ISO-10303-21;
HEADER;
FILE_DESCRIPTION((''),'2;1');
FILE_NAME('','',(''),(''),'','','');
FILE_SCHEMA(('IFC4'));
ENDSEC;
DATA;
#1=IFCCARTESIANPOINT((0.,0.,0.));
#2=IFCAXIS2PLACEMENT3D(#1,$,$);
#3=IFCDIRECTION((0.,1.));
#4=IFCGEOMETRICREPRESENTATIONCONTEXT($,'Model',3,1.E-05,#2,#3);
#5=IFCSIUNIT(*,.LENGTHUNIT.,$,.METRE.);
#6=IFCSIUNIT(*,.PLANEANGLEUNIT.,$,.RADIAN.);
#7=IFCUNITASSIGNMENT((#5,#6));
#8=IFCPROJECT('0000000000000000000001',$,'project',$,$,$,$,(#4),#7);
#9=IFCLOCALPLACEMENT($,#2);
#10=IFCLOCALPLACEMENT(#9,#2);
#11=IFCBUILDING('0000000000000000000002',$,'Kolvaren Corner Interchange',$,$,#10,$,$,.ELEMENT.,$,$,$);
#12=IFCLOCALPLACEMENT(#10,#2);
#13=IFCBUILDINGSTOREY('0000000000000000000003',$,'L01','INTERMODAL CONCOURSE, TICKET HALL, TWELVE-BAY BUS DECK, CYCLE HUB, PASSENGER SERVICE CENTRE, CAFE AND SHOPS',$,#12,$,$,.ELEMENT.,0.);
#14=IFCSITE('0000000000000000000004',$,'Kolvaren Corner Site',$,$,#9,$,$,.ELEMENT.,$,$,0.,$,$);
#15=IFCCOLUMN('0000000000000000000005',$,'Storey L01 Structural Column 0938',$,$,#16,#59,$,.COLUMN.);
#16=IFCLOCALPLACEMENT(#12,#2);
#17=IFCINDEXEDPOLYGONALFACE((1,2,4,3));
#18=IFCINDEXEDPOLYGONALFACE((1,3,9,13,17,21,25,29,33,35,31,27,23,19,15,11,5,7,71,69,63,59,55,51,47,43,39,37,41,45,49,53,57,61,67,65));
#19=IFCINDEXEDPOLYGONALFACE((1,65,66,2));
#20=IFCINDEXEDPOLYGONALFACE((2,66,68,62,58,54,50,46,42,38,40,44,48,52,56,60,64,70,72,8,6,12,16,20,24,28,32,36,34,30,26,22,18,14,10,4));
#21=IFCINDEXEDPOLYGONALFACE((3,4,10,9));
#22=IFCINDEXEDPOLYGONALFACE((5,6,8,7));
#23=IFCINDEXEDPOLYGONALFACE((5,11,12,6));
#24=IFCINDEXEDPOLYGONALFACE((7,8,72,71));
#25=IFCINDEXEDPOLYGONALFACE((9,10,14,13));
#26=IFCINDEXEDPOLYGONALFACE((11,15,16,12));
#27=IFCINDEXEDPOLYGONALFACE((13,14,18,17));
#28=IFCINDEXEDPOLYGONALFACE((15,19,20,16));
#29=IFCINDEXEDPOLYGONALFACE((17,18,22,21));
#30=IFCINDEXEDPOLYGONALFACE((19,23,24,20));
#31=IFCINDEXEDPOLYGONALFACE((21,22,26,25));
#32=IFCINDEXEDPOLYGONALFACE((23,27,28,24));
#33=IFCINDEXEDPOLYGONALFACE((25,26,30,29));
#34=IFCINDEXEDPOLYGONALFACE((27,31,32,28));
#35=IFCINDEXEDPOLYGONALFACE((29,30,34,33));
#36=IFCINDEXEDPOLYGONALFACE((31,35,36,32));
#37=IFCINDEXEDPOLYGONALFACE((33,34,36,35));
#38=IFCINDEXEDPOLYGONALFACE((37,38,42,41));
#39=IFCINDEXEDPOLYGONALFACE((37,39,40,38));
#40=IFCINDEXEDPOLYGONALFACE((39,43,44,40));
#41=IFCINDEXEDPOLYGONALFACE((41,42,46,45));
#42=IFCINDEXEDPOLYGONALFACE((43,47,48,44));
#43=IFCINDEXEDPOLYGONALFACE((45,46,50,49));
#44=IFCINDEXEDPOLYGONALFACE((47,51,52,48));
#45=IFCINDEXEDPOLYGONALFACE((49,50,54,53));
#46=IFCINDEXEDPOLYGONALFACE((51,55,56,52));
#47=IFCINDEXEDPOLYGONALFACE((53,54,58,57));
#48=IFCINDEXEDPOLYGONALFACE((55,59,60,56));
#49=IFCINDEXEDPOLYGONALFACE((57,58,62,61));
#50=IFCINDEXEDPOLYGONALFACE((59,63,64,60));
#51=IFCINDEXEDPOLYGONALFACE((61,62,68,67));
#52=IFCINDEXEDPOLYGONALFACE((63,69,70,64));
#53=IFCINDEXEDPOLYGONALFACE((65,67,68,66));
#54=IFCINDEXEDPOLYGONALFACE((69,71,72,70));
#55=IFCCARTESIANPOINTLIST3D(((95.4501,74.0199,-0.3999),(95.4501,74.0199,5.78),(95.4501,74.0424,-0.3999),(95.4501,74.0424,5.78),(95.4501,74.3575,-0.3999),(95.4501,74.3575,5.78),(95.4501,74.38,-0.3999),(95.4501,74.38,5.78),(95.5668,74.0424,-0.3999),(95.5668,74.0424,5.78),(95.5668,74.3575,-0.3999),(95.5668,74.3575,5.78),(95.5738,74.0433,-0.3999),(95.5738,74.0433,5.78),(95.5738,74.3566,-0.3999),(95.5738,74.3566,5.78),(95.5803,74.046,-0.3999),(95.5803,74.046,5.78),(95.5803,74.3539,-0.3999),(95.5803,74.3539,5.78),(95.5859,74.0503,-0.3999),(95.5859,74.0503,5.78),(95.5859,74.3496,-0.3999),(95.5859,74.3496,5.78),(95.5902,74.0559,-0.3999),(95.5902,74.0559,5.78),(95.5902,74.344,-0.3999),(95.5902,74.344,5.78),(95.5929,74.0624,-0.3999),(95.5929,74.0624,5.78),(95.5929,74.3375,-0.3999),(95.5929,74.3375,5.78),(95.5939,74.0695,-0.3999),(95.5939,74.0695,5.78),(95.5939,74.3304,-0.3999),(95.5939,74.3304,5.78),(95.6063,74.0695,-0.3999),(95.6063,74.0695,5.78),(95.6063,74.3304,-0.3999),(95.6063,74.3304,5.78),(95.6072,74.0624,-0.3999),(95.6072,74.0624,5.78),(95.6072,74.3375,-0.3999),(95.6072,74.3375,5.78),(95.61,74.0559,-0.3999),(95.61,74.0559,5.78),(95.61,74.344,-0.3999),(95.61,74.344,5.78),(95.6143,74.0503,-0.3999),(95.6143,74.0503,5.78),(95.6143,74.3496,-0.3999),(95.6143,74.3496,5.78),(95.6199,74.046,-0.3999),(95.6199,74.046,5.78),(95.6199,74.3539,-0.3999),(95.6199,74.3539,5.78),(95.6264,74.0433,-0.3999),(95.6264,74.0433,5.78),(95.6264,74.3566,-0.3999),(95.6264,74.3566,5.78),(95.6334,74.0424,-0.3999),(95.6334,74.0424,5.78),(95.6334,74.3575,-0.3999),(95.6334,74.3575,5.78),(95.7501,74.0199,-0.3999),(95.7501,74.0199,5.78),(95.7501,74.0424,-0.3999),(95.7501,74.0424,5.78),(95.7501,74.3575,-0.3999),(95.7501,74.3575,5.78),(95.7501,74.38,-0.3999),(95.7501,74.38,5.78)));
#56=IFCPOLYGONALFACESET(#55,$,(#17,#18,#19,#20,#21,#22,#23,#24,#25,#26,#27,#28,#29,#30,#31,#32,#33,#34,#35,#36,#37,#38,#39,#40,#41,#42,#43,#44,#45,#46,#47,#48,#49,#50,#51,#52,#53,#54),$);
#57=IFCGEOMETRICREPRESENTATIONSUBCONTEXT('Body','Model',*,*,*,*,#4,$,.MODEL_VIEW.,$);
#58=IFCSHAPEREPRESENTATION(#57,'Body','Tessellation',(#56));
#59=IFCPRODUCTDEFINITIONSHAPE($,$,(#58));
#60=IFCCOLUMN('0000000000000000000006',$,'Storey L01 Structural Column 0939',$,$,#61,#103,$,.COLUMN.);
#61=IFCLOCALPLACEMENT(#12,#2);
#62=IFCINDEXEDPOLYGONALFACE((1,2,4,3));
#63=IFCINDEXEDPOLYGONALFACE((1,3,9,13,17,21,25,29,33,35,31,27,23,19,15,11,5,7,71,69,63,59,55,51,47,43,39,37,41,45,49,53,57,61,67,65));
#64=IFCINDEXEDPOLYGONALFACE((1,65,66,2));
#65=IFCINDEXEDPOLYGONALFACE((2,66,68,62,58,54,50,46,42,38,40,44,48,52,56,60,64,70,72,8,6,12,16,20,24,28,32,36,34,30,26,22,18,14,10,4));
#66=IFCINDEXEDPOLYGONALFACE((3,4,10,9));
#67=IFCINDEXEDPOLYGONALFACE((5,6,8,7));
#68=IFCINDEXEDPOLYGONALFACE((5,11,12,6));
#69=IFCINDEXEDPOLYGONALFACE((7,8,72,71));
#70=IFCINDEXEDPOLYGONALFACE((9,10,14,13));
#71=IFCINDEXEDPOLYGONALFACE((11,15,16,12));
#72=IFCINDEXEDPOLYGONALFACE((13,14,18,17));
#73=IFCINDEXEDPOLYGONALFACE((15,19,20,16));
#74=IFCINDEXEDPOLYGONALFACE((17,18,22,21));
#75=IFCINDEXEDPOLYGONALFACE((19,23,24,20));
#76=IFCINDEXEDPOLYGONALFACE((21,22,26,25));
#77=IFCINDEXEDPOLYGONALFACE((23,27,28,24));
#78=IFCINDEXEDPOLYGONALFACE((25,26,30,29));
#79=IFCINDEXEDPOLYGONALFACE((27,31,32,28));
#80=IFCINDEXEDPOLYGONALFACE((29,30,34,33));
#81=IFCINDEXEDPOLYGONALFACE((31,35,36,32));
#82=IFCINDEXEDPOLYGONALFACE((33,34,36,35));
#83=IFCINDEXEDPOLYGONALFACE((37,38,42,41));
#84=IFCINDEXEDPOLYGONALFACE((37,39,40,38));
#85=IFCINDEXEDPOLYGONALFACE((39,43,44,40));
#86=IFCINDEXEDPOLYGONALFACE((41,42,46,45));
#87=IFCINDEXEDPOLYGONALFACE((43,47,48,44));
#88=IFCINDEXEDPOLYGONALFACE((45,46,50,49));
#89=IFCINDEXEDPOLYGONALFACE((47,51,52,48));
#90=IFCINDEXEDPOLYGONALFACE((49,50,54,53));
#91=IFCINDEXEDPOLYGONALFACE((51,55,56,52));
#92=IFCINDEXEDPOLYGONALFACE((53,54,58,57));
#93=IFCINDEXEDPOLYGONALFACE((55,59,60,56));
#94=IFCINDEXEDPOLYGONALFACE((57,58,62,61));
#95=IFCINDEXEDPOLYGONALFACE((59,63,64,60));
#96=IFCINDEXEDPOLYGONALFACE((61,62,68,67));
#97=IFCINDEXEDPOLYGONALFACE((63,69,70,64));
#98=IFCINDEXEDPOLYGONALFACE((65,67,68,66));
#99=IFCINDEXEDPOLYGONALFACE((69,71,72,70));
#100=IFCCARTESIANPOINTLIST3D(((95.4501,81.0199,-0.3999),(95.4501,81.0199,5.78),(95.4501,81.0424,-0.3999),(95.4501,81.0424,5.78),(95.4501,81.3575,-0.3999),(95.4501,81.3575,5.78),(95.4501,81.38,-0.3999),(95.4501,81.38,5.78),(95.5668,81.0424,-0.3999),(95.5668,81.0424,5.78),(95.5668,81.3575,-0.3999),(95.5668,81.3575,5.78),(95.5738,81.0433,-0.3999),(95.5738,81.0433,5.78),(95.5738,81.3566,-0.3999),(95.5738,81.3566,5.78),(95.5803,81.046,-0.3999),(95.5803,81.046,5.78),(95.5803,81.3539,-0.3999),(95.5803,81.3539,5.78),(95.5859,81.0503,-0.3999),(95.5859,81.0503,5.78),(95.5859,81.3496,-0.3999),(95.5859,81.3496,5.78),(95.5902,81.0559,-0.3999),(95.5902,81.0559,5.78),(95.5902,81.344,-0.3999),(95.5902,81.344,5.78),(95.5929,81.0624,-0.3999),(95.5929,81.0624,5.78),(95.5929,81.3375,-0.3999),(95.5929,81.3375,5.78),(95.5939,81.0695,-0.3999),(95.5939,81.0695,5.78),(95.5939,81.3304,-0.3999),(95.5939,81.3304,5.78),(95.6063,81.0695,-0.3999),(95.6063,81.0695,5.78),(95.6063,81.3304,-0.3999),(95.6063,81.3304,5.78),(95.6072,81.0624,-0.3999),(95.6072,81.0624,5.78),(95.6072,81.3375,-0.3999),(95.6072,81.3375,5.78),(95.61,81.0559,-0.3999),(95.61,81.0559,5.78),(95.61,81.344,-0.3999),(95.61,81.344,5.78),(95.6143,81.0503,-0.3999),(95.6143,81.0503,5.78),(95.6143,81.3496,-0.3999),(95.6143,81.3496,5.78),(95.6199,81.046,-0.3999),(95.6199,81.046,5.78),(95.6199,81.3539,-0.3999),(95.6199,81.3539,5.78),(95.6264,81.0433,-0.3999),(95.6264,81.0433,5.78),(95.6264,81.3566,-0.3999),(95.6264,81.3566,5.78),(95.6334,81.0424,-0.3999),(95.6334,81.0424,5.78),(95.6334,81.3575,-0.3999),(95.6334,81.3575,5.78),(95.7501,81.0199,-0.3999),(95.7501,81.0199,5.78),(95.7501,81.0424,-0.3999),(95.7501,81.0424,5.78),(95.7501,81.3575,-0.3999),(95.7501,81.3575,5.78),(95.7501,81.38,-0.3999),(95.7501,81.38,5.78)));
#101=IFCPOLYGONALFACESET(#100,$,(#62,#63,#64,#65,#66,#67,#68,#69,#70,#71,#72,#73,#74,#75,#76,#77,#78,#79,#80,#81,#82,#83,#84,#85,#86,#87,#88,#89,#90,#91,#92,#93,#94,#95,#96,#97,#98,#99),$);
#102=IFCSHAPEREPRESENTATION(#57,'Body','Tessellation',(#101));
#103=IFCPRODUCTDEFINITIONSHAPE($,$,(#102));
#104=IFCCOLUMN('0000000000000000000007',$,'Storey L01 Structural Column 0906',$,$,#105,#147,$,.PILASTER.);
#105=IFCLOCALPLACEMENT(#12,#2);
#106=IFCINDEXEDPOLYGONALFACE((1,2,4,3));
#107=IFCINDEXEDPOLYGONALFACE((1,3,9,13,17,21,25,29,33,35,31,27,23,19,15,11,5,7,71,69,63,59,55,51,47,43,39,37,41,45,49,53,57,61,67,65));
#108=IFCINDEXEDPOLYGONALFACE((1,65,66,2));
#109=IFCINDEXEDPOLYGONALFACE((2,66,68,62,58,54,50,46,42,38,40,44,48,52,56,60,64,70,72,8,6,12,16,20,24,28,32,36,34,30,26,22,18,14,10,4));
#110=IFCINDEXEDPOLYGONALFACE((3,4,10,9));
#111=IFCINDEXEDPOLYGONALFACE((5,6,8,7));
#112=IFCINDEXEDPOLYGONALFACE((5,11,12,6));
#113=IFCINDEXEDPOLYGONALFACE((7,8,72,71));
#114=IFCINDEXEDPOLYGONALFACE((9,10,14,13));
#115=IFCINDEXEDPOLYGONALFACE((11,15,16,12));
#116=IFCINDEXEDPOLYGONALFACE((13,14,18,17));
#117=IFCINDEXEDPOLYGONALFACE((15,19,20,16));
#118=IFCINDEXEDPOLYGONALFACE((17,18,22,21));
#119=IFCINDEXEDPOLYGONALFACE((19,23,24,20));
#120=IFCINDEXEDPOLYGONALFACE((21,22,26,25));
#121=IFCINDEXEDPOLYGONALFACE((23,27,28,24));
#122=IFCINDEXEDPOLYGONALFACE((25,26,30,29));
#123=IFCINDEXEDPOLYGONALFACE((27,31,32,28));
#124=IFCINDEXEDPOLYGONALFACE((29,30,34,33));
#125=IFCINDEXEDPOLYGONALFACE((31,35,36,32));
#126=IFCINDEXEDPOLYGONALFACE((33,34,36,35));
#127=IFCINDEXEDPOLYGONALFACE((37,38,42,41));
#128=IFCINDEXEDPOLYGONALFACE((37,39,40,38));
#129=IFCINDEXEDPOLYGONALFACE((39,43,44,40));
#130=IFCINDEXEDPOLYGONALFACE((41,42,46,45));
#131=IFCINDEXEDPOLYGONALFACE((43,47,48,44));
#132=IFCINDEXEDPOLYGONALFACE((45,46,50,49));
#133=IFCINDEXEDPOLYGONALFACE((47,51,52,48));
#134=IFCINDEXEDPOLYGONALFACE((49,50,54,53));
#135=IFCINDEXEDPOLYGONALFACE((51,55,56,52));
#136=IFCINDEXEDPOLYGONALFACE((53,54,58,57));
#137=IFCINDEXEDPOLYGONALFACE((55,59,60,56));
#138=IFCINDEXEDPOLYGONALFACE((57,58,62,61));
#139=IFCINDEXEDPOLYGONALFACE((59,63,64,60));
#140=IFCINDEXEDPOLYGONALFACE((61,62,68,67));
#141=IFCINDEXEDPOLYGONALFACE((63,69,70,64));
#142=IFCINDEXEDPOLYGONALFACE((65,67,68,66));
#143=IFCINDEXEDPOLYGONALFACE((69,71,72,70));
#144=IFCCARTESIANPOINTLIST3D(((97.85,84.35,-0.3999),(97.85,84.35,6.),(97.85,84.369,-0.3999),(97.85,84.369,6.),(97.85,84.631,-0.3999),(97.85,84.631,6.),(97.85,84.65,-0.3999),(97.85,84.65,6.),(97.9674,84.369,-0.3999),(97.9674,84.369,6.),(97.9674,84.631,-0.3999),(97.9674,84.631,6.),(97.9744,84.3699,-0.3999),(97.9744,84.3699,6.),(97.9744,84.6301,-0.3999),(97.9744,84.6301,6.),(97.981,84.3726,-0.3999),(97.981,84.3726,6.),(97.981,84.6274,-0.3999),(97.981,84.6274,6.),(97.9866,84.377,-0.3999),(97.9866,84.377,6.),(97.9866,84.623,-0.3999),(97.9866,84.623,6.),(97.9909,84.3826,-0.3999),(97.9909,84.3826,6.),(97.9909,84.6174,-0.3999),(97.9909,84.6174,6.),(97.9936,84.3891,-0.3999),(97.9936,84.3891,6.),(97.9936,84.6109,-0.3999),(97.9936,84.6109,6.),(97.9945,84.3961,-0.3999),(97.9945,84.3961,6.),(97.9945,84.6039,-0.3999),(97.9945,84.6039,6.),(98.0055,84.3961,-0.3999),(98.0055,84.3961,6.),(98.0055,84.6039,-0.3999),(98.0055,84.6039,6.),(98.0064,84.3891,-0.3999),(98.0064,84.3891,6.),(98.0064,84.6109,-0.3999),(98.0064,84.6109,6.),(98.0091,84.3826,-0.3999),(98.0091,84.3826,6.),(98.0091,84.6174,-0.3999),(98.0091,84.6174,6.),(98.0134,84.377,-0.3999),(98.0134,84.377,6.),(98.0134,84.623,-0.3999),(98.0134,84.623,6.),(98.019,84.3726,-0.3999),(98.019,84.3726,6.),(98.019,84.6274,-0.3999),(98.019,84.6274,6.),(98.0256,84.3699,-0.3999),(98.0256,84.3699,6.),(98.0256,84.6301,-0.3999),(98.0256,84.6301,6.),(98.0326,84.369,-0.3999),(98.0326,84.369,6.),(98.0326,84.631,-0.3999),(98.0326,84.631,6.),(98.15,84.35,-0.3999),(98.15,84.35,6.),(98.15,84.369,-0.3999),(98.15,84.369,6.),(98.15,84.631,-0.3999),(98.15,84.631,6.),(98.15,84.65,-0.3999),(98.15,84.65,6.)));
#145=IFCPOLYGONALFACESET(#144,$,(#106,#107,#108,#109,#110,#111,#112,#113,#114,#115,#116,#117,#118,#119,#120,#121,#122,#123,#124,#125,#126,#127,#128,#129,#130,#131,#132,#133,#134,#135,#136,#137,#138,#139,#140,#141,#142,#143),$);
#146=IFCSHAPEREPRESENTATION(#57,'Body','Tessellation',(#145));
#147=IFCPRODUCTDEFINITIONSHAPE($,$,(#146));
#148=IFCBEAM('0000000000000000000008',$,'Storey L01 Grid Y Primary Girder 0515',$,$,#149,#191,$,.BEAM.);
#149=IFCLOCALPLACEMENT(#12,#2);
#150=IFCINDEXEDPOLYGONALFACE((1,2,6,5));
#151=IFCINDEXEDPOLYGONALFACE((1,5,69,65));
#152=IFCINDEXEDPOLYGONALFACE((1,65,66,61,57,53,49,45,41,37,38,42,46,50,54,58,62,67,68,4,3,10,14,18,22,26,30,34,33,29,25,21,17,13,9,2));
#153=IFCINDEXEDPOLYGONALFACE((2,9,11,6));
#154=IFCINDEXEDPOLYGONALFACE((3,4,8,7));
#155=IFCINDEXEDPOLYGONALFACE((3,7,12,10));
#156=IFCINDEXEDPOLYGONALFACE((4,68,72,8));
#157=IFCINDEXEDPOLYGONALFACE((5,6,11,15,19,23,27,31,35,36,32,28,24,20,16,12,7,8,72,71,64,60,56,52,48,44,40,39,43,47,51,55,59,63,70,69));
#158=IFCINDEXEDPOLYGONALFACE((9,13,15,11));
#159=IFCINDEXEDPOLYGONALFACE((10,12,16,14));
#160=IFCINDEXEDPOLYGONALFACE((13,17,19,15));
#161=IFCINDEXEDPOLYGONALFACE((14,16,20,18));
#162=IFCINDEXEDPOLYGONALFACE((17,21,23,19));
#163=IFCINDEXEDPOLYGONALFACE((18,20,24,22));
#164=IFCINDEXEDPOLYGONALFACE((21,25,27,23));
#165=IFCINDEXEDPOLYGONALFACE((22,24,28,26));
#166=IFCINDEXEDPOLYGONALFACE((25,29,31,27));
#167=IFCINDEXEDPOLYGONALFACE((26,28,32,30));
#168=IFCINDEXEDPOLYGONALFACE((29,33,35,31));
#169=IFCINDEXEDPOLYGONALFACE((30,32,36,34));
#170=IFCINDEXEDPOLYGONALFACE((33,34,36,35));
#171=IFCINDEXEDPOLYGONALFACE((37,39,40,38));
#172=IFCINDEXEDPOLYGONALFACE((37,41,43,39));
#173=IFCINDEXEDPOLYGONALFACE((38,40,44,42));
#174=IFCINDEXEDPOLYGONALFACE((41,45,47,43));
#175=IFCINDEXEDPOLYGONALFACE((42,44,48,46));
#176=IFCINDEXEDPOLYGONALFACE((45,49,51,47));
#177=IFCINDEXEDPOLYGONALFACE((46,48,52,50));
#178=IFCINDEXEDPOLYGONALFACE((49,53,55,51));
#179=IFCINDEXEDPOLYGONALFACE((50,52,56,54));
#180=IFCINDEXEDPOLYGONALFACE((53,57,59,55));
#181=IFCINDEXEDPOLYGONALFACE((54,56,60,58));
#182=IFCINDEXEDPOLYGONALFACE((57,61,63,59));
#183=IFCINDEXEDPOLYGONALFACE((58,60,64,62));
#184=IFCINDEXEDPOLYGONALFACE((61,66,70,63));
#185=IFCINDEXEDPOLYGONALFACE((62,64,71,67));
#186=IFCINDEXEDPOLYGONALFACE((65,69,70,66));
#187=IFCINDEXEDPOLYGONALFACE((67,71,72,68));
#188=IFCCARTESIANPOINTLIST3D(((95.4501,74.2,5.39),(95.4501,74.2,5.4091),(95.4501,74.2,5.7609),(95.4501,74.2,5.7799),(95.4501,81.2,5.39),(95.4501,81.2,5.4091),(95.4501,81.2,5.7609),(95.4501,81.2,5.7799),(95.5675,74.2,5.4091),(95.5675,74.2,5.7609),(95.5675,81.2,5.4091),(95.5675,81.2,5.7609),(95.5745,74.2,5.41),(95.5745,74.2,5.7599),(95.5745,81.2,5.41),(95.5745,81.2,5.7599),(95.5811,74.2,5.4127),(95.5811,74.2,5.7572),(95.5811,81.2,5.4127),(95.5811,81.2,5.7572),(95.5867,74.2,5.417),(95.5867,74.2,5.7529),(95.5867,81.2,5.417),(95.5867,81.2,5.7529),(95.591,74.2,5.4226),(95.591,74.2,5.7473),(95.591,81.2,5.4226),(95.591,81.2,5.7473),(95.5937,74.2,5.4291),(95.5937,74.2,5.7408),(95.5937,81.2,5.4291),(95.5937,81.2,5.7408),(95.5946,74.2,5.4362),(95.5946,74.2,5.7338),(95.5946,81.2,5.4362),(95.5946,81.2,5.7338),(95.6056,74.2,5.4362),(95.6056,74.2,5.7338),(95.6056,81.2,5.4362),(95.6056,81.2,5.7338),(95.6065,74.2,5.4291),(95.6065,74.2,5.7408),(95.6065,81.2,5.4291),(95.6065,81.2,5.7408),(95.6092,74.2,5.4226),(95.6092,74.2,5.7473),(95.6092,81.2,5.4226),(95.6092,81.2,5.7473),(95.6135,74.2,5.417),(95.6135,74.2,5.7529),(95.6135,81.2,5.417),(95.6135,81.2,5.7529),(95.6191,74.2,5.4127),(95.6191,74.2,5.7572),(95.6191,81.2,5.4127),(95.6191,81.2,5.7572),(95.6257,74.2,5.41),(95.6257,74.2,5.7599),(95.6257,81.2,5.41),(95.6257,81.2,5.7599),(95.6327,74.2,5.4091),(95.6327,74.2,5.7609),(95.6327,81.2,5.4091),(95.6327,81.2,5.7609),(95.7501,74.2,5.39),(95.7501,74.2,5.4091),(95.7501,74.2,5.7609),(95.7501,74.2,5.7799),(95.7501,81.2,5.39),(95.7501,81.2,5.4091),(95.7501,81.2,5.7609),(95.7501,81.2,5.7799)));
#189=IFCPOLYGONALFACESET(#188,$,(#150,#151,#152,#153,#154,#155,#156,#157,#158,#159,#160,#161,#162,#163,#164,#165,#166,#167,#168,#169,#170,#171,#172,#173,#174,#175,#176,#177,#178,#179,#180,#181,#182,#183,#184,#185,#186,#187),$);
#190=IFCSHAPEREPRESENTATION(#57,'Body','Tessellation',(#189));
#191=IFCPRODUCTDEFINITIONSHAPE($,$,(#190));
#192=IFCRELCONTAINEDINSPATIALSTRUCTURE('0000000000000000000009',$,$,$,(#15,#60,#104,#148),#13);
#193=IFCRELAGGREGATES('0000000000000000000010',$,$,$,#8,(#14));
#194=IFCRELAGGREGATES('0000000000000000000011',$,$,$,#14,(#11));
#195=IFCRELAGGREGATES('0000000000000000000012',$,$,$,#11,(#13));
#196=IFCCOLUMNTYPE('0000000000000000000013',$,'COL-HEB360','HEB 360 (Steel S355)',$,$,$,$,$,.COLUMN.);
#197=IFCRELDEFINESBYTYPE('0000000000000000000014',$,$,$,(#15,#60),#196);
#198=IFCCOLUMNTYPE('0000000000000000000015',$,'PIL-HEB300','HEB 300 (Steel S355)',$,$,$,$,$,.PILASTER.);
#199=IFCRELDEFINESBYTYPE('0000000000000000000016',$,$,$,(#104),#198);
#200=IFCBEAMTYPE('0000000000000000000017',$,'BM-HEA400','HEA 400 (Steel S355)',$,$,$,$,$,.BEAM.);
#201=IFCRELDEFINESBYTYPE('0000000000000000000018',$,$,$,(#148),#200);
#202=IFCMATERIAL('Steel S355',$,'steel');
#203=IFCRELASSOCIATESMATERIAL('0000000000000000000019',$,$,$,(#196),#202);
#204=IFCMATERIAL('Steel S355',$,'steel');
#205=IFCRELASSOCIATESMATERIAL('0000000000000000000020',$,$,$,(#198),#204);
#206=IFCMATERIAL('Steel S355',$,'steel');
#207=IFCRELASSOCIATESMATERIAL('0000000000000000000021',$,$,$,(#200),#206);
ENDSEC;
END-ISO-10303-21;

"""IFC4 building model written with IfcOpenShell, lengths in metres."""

from ifc_helpers import new_model, si_unit, direction, frame, origin, origin_2d, place, context, subcontext, project, spatial, i_section, extrude, material, material_profile, profile_set, type_object, element, save


model = new_model("IFC4")

# Units and contexts
model_context = context("Model", 3, precision=1e-05, world=origin(), true_north=direction((0.0, 1.0)))
body_context = subcontext(model_context, "Body", "Model", "MODEL_VIEW")
ifc_project = project(units=[si_unit("LENGTHUNIT", "METRE"), si_unit("PLANEANGLEUNIT", "RADIAN")], contexts=[model_context])

# Site, building, storey
site_placement = place(None, origin())
site = spatial("IfcSite", under=ifc_project, at=site_placement, Name="Kolvaren Corner Site", CompositionType="ELEMENT", RefElevation=0.0)
building_placement = place(site_placement, origin())
building = spatial("IfcBuilding", under=site, at=building_placement, Name="Kolvaren Corner Interchange", CompositionType="ELEMENT")
storey_placement = place(building_placement, origin())
storey = spatial("IfcBuildingStorey", under=building, at=storey_placement, Name="L01", Description="INTERMODAL CONCOURSE, TICKET HALL, TWELVE-BAY BUS DECK, CYCLE HUB, PASSENGER SERVICE CENTRE, CAFE AND SHOPS", CompositionType="ELEMENT", Elevation=0.0)

# Columns
ifc_material_1 = material(Name="Steel S355", Category="steel")
ifc_material_profile_1 = material_profile(ifc_material_1, i_section(OverallWidth=0.3, OverallDepth=0.3601, WebThickness=0.0125, FlangeThickness=0.0225, FilletRadius=0.0271, at=origin_2d()), Name="HEB 360")
ifc_profile_set_1 = profile_set([ifc_material_profile_1], Name="Steel S355")
column_type_1 = type_object("IfcColumnType", Name="COL-HEB360", Description="HEB 360 (Steel S355)", PredefinedType="COLUMN", material=ifc_profile_set_1)
for number, where, z_axis, x_axis, name in (
    (1, (95.6001, 74.2, -0.3999), (0.0, 0.0, 1.0), (1.0, 0.0, 0.0), "Storey L01 Structural Column 0938"),
    (2, (95.6001, 81.2, -0.3999), (0.0, 0.0, 1.0), (1.0, 0.0, 0.0), "Storey L01 Structural Column 0939"),
):
    element("IfcColumn", number, at=place(storey_placement, frame(where, z_axis=z_axis, x_axis=x_axis)), inside=storey, type_object=column_type_1, Name=name, PredefinedType="COLUMN", context=body_context, shape_type="SweptSolid", body=[
        extrude(i_section(OverallWidth=0.3, OverallDepth=0.3601, WebThickness=0.0125, FlangeThickness=0.0225, FilletRadius=0.0271, at=origin_2d()), origin(), (0.0, 0.0, 1.0), 6.1799),
    ])
ifc_material_2 = material(Name="Steel S355", Category="steel")
ifc_material_profile_2 = material_profile(ifc_material_2, i_section(OverallWidth=0.3, OverallDepth=0.3, WebThickness=0.011, FlangeThickness=0.019, FilletRadius=0.0271, at=origin_2d()), Name="HEB 300")
ifc_profile_set_2 = profile_set([ifc_material_profile_2], Name="Steel S355")
column_type_2 = type_object("IfcColumnType", Name="PIL-HEB300", Description="HEB 300 (Steel S355)", PredefinedType="PILASTER", material=ifc_profile_set_2)
column_placement = place(storey_placement, frame((98.0, 84.5, -0.3999), z_axis=(0.0, 0.0, 1.0), x_axis=(1.0, 0.0, 0.0)))
element("IfcColumn", 3, at=column_placement, inside=storey, type_object=column_type_2, Name="Storey L01 Structural Column 0906", PredefinedType="PILASTER", context=body_context, shape_type="SweptSolid", body=[
    extrude(i_section(OverallWidth=0.3, OverallDepth=0.3, WebThickness=0.011, FlangeThickness=0.019, FilletRadius=0.0271, at=origin_2d()), origin(), (0.0, 0.0, 1.0), 6.3999),
])

# Beam
ifc_material_3 = material(Name="Steel S355", Category="steel")
ifc_material_profile_3 = material_profile(ifc_material_3, i_section(OverallWidth=0.3, OverallDepth=0.3899, WebThickness=0.011, FlangeThickness=0.019, FilletRadius=0.0271, at=origin_2d()), Name="HEA 400")
ifc_profile_set_3 = profile_set([ifc_material_profile_3], Name="Steel S355")
beam_type_1 = type_object("IfcBeamType", Name="BM-HEA400", Description="HEA 400 (Steel S355)", PredefinedType="BEAM", material=ifc_profile_set_3)
for number, where, z_axis, x_axis, name in (
    (4, (95.6001, 74.2, 5.585), (0.0, 1.0, 0.0), (-1.0, 0.0, 0.0), "Storey L01 Grid Y Primary Girder 0515"),
):
    element("IfcBeam", number, at=place(storey_placement, frame(where, z_axis=z_axis, x_axis=x_axis)), inside=storey, type_object=beam_type_1, Name=name, PredefinedType="BEAM", context=body_context, shape_type="SweptSolid", body=[
        extrude(i_section(OverallWidth=0.3, OverallDepth=0.3899, WebThickness=0.011, FlangeThickness=0.019, FilletRadius=0.0271, at=origin_2d()), origin(), (0.0, 0.0, 1.0), 7.0),
    ])

save(model, "model.ifc")
